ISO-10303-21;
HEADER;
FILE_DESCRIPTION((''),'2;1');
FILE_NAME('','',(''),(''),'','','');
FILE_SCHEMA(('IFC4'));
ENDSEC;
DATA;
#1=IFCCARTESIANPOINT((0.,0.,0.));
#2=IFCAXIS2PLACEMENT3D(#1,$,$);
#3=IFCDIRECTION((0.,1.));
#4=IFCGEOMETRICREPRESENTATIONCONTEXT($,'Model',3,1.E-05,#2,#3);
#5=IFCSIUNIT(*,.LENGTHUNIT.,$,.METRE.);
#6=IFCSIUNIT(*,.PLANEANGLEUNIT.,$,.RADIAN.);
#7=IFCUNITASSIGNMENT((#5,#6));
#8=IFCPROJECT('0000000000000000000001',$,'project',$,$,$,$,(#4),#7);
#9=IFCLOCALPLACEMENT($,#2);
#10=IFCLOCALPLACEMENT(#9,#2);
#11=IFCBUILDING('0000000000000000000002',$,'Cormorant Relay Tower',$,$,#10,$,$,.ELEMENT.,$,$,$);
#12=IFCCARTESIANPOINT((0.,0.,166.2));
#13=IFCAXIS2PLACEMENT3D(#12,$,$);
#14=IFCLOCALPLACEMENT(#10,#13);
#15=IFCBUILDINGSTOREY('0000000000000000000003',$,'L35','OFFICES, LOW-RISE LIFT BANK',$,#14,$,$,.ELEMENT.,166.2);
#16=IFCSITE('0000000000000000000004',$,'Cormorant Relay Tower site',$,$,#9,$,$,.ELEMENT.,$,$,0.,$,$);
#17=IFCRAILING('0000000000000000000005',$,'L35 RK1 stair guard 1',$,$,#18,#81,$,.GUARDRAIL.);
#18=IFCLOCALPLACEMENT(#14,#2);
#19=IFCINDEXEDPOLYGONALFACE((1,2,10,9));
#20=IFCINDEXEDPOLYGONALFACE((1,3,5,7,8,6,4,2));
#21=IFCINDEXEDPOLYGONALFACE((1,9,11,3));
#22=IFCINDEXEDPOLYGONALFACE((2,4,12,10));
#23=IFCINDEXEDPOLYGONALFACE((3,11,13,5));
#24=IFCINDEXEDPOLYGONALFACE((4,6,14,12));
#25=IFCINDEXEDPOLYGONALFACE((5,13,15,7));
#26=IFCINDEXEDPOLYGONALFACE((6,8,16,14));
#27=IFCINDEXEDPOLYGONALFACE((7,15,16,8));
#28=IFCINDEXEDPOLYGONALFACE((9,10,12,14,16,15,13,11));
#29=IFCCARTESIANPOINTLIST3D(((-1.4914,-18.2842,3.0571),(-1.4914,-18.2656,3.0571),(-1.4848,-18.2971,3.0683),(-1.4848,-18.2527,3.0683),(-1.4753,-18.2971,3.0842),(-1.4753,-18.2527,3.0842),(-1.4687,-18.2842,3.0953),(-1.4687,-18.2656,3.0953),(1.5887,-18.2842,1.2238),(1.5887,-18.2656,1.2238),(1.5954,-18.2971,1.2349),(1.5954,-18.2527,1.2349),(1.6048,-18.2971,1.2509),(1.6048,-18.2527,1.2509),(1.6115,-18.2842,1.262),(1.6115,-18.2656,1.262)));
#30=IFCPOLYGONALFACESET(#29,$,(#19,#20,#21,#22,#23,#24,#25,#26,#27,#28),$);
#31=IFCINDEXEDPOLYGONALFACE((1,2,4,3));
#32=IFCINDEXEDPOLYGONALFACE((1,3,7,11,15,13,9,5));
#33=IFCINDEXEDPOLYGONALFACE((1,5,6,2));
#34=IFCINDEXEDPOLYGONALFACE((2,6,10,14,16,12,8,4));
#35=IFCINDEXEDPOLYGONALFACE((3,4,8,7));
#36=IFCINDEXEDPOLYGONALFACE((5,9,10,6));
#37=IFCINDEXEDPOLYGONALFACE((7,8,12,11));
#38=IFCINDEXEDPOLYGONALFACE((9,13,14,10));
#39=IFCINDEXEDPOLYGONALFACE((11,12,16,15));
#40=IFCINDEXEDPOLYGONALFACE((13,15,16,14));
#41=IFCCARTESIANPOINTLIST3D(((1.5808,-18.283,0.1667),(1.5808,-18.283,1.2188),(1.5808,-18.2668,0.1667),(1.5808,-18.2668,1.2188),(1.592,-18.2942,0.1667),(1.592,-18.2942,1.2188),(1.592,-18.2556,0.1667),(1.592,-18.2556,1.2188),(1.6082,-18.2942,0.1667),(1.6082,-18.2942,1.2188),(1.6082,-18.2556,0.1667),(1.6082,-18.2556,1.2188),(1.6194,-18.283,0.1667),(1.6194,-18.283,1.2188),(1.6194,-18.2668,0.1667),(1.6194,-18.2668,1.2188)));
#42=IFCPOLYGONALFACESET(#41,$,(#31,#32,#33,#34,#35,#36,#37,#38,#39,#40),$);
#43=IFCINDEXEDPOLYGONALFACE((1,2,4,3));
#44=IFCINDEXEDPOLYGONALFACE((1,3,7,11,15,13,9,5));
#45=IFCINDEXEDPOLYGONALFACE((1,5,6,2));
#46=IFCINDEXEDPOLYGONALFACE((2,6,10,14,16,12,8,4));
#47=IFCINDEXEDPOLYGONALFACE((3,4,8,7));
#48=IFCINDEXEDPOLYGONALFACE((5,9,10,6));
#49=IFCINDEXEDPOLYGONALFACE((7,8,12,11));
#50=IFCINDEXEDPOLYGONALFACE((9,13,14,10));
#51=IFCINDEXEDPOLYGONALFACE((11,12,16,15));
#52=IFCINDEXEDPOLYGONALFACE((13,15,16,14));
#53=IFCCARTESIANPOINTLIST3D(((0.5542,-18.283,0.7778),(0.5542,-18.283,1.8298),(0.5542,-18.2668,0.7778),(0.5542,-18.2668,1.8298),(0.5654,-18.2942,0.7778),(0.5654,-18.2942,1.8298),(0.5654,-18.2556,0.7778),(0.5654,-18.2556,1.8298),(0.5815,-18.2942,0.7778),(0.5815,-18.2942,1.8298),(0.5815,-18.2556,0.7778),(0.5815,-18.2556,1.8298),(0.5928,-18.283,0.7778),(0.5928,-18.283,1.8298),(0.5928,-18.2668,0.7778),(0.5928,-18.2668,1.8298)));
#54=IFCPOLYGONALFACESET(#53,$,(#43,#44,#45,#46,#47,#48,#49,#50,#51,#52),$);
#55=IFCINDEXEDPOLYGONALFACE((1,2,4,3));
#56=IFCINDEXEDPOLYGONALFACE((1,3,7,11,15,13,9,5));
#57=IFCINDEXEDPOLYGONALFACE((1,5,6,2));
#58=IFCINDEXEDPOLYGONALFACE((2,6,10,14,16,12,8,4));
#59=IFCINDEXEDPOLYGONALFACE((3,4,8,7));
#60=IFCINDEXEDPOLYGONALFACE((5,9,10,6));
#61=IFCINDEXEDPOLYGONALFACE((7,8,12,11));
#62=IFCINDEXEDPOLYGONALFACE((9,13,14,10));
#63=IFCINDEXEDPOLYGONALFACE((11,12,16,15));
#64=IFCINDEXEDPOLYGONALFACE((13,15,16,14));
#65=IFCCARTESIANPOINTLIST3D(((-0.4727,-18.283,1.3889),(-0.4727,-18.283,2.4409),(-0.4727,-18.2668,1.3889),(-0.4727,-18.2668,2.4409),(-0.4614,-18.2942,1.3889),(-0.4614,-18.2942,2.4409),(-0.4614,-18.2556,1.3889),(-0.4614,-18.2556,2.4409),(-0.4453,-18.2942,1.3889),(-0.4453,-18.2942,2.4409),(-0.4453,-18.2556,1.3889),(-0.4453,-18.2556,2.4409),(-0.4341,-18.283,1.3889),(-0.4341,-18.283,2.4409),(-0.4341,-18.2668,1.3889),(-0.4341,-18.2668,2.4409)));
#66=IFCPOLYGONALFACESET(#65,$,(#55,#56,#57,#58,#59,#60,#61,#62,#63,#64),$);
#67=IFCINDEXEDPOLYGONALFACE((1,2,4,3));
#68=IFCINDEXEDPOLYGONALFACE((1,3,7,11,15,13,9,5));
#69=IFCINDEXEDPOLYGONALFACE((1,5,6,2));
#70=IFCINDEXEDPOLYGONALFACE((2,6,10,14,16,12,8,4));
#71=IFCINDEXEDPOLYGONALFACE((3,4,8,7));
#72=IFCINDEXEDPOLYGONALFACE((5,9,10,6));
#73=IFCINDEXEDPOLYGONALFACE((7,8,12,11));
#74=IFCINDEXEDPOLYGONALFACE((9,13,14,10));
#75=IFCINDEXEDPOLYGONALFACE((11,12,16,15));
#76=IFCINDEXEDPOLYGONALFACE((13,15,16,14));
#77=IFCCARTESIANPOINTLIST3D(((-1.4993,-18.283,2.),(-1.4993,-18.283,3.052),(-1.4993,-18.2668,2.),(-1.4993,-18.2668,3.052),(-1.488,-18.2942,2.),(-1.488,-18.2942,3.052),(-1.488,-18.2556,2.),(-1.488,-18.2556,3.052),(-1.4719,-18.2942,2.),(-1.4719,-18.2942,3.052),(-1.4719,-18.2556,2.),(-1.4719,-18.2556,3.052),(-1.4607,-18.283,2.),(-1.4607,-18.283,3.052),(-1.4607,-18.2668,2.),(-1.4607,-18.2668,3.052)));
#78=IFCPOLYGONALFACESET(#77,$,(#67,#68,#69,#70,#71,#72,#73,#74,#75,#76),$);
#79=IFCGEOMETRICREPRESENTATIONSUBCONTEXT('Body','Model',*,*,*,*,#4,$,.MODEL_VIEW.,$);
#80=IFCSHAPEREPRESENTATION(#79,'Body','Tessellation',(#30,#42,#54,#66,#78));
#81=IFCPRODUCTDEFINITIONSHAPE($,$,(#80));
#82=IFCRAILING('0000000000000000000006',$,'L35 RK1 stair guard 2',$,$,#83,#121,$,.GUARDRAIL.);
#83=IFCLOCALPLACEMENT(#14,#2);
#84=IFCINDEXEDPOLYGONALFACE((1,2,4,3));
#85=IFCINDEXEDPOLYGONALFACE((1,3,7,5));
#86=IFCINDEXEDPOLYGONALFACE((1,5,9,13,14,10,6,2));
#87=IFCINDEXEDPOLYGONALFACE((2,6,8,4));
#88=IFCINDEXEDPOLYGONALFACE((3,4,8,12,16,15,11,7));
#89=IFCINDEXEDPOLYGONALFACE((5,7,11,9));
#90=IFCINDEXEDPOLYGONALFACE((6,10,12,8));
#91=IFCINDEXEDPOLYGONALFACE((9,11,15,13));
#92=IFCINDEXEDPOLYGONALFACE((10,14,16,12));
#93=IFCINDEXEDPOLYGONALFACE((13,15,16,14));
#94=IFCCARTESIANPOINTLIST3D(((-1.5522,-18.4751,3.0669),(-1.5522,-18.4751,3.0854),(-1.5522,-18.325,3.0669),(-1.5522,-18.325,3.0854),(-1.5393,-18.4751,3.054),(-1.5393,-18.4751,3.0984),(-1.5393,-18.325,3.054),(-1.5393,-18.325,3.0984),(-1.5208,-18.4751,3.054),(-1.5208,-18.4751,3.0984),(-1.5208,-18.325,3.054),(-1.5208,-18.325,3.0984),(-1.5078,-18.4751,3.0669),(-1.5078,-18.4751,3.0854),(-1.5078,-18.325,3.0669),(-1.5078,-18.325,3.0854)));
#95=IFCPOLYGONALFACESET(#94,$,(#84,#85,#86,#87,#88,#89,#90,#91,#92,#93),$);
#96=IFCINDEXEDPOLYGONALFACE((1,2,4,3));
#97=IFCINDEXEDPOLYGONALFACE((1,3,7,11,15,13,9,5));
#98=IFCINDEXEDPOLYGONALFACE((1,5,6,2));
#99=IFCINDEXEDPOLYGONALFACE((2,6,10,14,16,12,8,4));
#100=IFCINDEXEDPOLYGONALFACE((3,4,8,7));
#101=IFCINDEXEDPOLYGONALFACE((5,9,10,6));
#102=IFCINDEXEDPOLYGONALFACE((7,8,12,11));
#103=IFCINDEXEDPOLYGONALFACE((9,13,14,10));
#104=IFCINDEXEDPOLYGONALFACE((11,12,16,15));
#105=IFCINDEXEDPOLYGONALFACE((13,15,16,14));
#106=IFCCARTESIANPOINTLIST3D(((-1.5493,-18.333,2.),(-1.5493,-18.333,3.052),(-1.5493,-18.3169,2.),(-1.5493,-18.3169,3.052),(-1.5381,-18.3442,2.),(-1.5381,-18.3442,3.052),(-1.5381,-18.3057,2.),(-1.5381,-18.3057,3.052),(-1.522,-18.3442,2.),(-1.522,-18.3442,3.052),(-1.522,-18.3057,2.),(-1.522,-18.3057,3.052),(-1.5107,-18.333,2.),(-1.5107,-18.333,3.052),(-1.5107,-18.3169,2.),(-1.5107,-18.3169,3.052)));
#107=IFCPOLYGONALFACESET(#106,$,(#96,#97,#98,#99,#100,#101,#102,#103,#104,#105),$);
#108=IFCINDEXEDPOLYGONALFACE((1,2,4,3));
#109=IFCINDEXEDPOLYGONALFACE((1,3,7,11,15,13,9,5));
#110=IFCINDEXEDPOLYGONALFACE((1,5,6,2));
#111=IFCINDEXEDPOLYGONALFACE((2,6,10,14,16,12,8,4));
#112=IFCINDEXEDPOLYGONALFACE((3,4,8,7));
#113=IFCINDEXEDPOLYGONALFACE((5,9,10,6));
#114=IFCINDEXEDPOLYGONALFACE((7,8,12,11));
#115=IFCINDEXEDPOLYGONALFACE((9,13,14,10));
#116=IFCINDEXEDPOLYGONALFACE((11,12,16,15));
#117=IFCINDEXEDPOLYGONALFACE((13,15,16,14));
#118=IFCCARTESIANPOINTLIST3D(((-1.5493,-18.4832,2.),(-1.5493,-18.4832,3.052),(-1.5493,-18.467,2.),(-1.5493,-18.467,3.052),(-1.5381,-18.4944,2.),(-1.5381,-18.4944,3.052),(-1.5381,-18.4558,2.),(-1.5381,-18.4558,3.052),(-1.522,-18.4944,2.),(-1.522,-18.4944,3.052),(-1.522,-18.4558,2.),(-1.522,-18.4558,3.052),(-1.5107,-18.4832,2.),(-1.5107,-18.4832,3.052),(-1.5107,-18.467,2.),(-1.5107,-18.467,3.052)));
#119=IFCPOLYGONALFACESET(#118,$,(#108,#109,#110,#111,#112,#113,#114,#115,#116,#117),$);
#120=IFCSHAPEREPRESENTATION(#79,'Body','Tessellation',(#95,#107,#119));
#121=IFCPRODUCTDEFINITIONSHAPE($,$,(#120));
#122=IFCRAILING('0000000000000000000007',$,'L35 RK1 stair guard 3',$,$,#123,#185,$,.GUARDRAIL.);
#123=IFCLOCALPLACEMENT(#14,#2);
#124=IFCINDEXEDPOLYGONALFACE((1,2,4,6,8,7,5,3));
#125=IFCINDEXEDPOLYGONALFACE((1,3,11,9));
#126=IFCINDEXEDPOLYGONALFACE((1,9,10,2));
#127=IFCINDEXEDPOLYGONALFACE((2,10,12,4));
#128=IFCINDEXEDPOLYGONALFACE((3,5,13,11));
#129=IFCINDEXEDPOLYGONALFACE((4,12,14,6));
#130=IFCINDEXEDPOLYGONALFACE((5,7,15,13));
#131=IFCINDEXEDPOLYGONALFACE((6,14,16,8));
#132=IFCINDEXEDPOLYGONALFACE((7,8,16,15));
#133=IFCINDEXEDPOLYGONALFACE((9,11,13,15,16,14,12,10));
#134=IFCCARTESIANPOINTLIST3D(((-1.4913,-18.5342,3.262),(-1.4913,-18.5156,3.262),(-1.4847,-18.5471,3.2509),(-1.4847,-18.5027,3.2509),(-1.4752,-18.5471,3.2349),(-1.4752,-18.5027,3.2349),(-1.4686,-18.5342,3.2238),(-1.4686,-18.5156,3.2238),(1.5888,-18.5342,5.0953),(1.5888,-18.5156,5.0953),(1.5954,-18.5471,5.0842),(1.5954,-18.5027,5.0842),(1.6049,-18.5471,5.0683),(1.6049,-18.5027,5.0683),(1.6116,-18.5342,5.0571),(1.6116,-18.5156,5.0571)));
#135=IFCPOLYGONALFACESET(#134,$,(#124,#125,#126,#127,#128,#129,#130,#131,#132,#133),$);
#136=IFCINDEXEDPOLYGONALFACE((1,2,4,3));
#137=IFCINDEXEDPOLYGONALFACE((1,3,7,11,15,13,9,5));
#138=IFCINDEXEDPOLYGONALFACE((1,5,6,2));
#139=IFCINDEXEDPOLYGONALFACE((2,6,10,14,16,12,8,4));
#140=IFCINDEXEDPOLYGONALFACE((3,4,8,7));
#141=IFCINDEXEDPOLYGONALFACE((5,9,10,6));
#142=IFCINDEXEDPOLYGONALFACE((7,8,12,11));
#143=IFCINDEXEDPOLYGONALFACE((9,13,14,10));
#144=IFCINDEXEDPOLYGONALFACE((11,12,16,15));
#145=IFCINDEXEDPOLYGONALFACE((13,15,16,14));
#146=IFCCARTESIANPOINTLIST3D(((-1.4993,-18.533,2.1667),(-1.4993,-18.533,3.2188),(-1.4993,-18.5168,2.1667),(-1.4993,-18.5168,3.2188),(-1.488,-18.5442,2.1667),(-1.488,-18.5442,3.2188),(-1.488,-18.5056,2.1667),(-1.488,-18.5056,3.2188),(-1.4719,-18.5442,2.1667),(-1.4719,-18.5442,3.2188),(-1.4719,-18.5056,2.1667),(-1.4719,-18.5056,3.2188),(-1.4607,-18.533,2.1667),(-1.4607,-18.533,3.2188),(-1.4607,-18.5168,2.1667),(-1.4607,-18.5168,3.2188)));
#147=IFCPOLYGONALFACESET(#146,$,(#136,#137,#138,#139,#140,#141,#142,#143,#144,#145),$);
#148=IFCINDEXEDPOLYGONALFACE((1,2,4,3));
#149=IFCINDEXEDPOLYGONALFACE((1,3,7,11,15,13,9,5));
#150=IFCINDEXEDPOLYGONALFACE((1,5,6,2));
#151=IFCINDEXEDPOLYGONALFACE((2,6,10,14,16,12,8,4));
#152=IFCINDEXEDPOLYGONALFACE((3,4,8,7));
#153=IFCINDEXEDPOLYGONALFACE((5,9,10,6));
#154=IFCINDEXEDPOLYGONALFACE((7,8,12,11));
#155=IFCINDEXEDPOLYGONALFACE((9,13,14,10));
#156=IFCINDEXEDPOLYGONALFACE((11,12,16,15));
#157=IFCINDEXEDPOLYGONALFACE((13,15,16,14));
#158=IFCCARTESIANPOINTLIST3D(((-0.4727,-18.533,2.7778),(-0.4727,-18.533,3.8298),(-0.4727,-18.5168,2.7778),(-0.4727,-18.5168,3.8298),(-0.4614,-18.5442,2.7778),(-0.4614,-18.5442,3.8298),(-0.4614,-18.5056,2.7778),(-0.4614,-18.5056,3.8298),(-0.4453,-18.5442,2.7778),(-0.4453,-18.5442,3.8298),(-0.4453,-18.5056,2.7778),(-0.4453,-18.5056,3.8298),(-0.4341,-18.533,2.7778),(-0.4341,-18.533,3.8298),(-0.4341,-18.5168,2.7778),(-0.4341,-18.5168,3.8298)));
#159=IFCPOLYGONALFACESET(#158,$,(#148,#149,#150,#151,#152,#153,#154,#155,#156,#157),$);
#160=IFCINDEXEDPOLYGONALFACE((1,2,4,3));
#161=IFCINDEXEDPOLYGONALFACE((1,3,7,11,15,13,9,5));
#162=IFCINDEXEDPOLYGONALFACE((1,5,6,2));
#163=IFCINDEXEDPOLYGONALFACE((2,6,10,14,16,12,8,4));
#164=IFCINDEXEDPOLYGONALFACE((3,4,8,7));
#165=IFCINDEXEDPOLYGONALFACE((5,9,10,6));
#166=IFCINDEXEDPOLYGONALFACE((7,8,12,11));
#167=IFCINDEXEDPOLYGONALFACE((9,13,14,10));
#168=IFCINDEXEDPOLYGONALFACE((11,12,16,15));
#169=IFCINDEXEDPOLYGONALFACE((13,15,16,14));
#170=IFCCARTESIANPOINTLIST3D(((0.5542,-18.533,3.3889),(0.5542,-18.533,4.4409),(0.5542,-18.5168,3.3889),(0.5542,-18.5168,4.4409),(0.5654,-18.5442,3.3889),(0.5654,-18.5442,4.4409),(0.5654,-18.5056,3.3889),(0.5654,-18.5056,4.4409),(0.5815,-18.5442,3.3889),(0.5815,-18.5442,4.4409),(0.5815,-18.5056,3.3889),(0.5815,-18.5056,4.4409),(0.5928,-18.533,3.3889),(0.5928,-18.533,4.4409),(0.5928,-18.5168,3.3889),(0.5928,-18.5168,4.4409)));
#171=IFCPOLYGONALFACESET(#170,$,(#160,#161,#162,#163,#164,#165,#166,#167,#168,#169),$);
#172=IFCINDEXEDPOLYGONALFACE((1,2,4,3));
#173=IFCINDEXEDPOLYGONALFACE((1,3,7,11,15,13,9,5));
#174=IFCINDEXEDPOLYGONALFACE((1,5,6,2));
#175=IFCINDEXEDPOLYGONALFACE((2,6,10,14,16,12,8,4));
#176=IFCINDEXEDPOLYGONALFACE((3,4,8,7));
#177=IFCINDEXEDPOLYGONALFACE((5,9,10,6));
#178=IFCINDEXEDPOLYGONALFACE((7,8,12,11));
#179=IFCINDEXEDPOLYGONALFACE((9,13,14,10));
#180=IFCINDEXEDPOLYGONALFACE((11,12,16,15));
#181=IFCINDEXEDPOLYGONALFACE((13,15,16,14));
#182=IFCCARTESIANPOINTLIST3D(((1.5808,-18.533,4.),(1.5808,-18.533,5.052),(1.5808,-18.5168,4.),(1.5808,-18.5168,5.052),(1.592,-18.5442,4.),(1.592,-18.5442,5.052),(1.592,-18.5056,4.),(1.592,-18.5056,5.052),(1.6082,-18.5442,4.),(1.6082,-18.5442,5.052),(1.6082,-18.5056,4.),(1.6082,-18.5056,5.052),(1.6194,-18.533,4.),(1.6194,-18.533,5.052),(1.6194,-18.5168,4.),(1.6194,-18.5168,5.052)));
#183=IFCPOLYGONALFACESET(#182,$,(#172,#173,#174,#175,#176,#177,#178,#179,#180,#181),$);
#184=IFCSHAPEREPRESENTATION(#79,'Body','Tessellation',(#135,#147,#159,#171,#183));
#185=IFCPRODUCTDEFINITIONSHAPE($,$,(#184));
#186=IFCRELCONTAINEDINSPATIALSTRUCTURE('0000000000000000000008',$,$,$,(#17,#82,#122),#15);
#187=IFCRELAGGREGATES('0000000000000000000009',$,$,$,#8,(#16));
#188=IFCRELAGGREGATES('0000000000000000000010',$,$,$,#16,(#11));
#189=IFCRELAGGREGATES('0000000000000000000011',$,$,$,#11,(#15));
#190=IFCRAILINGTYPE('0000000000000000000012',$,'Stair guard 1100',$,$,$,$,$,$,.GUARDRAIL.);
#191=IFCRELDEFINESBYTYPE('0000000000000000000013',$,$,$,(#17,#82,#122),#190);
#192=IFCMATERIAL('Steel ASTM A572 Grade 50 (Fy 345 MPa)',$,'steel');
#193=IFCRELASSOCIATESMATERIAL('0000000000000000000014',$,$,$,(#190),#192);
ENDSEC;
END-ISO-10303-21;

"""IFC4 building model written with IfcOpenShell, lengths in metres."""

from ifc_helpers import new_model, si_unit, direction, frame, origin, place, context, subcontext, project, spatial, polyline, outline, extrude, material, type_object, element, save


model = new_model("IFC4")

# Units and contexts
model_context = context("Model", 3, precision=1e-05, world=origin(), true_north=direction((0.0, 1.0)))
body_context = subcontext(model_context, "Body", "Model", "MODEL_VIEW")
ifc_project = project(units=[si_unit("LENGTHUNIT", "METRE"), si_unit("PLANEANGLEUNIT", "RADIAN")], contexts=[model_context])

# Site, building, storey
site_placement = place(None, origin())
site = spatial("IfcSite", under=ifc_project, at=site_placement, Name="Cormorant Relay Tower site", CompositionType="ELEMENT", RefElevation=0.0)
building_placement = place(site_placement, origin())
building = spatial("IfcBuilding", under=site, at=building_placement, Name="Cormorant Relay Tower", CompositionType="ELEMENT")
storey_placement = place(building_placement, frame((0.0, 0.0, 166.2)))
storey = spatial("IfcBuildingStorey", under=building, at=storey_placement, Name="L35", Description="OFFICES, LOW-RISE LIFT BANK", CompositionType="ELEMENT", Elevation=166.2)

# Railings
ifc_material_1 = material(Name="Steel ASTM A572 Grade 50 (Fy 345 MPa)", Category="steel")
railing_type_1 = type_object("IfcRailingType", Name="Stair guard 1100", PredefinedType="GUARDRAIL", material=ifc_material_1)
railing_1_placement = place(storey_placement, frame((1.6001, -18.2749, 0.1667)))
element("IfcRailing", 1, at=railing_1_placement, inside=storey, type_object=railing_type_1, Name="L35 RK1 stair guard 1", PredefinedType="GUARDRAIL", context=body_context, shape_type="SweptSolid", body=[
    extrude(outline(polyline([(0.0222, 0.0093), (0.0093, 0.0222), (-0.0093, 0.0222), (-0.0222, 0.0093), (-0.0222, -0.0093), (-0.0093, -0.0222), (0.0093, -0.0222), (0.0222, -0.0093), (0.0222, 0.0093)])), frame((0.0, 0.0, 1.0762), z_axis=(-0.859309, 0.0, 0.511458), x_axis=(0.0, -1.0, 0.0)), (0.0, 0.0, 1.0), 3.5845),
    extrude(outline(polyline([(0.0193, 0.0081), (0.0081, 0.0193), (-0.0081, 0.0193), (-0.0193, 0.0081), (-0.0193, -0.0081), (-0.0081, -0.0193), (0.0081, -0.0193), (0.0193, -0.0081), (0.0193, 0.0081)])), origin(), (0.0, 0.0, 1.0), 1.052),
    extrude(outline(polyline([(0.0193, 0.0081), (0.0081, 0.0193), (-0.0081, 0.0193), (-0.0193, 0.0081), (-0.0193, -0.0081), (-0.0081, -0.0193), (0.0081, -0.0193), (0.0193, -0.0081), (0.0193, 0.0081)])), frame((-1.0266, 0.0, 0.6111)), (0.0, 0.0, 1.0), 1.052),
    extrude(outline(polyline([(0.0193, 0.0081), (0.0081, 0.0193), (-0.0081, 0.0193), (-0.0193, 0.0081), (-0.0193, -0.0081), (-0.0081, -0.0193), (0.0081, -0.0193), (0.0193, -0.0081), (0.0193, 0.0081)])), frame((-2.0535, 0.0, 1.2222)), (0.0, 0.0, 1.0), 1.052),
    extrude(outline(polyline([(0.0193, 0.0081), (0.0081, 0.0193), (-0.0081, 0.0193), (-0.0193, 0.0081), (-0.0193, -0.0081), (-0.0081, -0.0193), (0.0081, -0.0193), (0.0193, -0.0081), (0.0193, 0.0081)])), frame((-3.0801, 0.0, 1.8333)), (0.0, 0.0, 1.0), 1.052),
])
railing_2_placement = place(storey_placement, frame((-1.53, -18.325, 2.0)))
element("IfcRailing", 2, at=railing_2_placement, inside=storey, type_object=railing_type_1, Name="L35 RK1 stair guard 2", PredefinedType="GUARDRAIL", context=body_context, shape_type="SweptSolid", body=[
    extrude(outline(polyline([(0.0222, 0.0093), (0.0093, 0.0222), (-0.0093, 0.0222), (-0.0222, 0.0093), (-0.0222, -0.0093), (-0.0093, -0.0222), (0.0093, -0.0222), (0.0222, -0.0093), (0.0222, 0.0093)])), frame((0.0, 0.0, 1.0762), z_axis=(0.0, -1.0, 0.0), x_axis=(1.0, 0.0, 0.0)), (0.0, 0.0, 1.0), 0.1501),
    extrude(outline(polyline([(0.0193, 0.0081), (0.0081, 0.0193), (-0.0081, 0.0193), (-0.0193, 0.0081), (-0.0193, -0.0081), (-0.0081, -0.0193), (0.0081, -0.0193), (0.0193, -0.0081), (0.0193, 0.0081)])), origin(), (0.0, 0.0, 1.0), 1.052),
    extrude(outline(polyline([(0.0193, 0.0081), (0.0081, 0.0193), (-0.0081, 0.0193), (-0.0193, 0.0081), (-0.0193, -0.0081), (-0.0081, -0.0193), (0.0081, -0.0193), (0.0193, -0.0081), (0.0193, 0.0081)])), frame((0.0, -0.1501, 0.0)), (0.0, 0.0, 1.0), 1.052),
])
railing_3_placement = place(storey_placement, frame((-1.48, -18.5249, 2.1667)))
element("IfcRailing", 3, at=railing_3_placement, inside=storey, type_object=railing_type_1, Name="L35 RK1 stair guard 3", PredefinedType="GUARDRAIL", context=body_context, shape_type="SweptSolid", body=[
    extrude(outline(polyline([(0.0222, 0.0093), (0.0093, 0.0222), (-0.0093, 0.0222), (-0.0222, 0.0093), (-0.0222, -0.0093), (-0.0093, -0.0222), (0.0093, -0.0222), (0.0222, -0.0093), (0.0222, 0.0093)])), frame((0.0, 0.0, 1.0762), z_axis=(0.859309, 0.0, 0.511458), x_axis=(0.0, 1.0, 0.0)), (0.0, 0.0, 1.0), 3.5845),
    extrude(outline(polyline([(0.0193, 0.0081), (0.0081, 0.0193), (-0.0081, 0.0193), (-0.0193, 0.0081), (-0.0193, -0.0081), (-0.0081, -0.0193), (0.0081, -0.0193), (0.0193, -0.0081), (0.0193, 0.0081)])), origin(), (0.0, 0.0, 1.0), 1.052),
    extrude(outline(polyline([(0.0193, 0.0081), (0.0081, 0.0193), (-0.0081, 0.0193), (-0.0193, 0.0081), (-0.0193, -0.0081), (-0.0081, -0.0193), (0.0081, -0.0193), (0.0193, -0.0081), (0.0193, 0.0081)])), frame((1.0266, 0.0, 0.6111)), (0.0, 0.0, 1.0), 1.052),
    extrude(outline(polyline([(0.0193, 0.0081), (0.0081, 0.0193), (-0.0081, 0.0193), (-0.0193, 0.0081), (-0.0193, -0.0081), (-0.0081, -0.0193), (0.0081, -0.0193), (0.0193, -0.0081), (0.0193, 0.0081)])), frame((2.0535, 0.0, 1.2222)), (0.0, 0.0, 1.0), 1.052),
    extrude(outline(polyline([(0.0193, 0.0081), (0.0081, 0.0193), (-0.0081, 0.0193), (-0.0193, 0.0081), (-0.0193, -0.0081), (-0.0081, -0.0193), (0.0081, -0.0193), (0.0193, -0.0081), (0.0193, 0.0081)])), frame((3.0801, 0.0, 1.8333)), (0.0, 0.0, 1.0), 1.052),
])

save(model, "model.ifc")
